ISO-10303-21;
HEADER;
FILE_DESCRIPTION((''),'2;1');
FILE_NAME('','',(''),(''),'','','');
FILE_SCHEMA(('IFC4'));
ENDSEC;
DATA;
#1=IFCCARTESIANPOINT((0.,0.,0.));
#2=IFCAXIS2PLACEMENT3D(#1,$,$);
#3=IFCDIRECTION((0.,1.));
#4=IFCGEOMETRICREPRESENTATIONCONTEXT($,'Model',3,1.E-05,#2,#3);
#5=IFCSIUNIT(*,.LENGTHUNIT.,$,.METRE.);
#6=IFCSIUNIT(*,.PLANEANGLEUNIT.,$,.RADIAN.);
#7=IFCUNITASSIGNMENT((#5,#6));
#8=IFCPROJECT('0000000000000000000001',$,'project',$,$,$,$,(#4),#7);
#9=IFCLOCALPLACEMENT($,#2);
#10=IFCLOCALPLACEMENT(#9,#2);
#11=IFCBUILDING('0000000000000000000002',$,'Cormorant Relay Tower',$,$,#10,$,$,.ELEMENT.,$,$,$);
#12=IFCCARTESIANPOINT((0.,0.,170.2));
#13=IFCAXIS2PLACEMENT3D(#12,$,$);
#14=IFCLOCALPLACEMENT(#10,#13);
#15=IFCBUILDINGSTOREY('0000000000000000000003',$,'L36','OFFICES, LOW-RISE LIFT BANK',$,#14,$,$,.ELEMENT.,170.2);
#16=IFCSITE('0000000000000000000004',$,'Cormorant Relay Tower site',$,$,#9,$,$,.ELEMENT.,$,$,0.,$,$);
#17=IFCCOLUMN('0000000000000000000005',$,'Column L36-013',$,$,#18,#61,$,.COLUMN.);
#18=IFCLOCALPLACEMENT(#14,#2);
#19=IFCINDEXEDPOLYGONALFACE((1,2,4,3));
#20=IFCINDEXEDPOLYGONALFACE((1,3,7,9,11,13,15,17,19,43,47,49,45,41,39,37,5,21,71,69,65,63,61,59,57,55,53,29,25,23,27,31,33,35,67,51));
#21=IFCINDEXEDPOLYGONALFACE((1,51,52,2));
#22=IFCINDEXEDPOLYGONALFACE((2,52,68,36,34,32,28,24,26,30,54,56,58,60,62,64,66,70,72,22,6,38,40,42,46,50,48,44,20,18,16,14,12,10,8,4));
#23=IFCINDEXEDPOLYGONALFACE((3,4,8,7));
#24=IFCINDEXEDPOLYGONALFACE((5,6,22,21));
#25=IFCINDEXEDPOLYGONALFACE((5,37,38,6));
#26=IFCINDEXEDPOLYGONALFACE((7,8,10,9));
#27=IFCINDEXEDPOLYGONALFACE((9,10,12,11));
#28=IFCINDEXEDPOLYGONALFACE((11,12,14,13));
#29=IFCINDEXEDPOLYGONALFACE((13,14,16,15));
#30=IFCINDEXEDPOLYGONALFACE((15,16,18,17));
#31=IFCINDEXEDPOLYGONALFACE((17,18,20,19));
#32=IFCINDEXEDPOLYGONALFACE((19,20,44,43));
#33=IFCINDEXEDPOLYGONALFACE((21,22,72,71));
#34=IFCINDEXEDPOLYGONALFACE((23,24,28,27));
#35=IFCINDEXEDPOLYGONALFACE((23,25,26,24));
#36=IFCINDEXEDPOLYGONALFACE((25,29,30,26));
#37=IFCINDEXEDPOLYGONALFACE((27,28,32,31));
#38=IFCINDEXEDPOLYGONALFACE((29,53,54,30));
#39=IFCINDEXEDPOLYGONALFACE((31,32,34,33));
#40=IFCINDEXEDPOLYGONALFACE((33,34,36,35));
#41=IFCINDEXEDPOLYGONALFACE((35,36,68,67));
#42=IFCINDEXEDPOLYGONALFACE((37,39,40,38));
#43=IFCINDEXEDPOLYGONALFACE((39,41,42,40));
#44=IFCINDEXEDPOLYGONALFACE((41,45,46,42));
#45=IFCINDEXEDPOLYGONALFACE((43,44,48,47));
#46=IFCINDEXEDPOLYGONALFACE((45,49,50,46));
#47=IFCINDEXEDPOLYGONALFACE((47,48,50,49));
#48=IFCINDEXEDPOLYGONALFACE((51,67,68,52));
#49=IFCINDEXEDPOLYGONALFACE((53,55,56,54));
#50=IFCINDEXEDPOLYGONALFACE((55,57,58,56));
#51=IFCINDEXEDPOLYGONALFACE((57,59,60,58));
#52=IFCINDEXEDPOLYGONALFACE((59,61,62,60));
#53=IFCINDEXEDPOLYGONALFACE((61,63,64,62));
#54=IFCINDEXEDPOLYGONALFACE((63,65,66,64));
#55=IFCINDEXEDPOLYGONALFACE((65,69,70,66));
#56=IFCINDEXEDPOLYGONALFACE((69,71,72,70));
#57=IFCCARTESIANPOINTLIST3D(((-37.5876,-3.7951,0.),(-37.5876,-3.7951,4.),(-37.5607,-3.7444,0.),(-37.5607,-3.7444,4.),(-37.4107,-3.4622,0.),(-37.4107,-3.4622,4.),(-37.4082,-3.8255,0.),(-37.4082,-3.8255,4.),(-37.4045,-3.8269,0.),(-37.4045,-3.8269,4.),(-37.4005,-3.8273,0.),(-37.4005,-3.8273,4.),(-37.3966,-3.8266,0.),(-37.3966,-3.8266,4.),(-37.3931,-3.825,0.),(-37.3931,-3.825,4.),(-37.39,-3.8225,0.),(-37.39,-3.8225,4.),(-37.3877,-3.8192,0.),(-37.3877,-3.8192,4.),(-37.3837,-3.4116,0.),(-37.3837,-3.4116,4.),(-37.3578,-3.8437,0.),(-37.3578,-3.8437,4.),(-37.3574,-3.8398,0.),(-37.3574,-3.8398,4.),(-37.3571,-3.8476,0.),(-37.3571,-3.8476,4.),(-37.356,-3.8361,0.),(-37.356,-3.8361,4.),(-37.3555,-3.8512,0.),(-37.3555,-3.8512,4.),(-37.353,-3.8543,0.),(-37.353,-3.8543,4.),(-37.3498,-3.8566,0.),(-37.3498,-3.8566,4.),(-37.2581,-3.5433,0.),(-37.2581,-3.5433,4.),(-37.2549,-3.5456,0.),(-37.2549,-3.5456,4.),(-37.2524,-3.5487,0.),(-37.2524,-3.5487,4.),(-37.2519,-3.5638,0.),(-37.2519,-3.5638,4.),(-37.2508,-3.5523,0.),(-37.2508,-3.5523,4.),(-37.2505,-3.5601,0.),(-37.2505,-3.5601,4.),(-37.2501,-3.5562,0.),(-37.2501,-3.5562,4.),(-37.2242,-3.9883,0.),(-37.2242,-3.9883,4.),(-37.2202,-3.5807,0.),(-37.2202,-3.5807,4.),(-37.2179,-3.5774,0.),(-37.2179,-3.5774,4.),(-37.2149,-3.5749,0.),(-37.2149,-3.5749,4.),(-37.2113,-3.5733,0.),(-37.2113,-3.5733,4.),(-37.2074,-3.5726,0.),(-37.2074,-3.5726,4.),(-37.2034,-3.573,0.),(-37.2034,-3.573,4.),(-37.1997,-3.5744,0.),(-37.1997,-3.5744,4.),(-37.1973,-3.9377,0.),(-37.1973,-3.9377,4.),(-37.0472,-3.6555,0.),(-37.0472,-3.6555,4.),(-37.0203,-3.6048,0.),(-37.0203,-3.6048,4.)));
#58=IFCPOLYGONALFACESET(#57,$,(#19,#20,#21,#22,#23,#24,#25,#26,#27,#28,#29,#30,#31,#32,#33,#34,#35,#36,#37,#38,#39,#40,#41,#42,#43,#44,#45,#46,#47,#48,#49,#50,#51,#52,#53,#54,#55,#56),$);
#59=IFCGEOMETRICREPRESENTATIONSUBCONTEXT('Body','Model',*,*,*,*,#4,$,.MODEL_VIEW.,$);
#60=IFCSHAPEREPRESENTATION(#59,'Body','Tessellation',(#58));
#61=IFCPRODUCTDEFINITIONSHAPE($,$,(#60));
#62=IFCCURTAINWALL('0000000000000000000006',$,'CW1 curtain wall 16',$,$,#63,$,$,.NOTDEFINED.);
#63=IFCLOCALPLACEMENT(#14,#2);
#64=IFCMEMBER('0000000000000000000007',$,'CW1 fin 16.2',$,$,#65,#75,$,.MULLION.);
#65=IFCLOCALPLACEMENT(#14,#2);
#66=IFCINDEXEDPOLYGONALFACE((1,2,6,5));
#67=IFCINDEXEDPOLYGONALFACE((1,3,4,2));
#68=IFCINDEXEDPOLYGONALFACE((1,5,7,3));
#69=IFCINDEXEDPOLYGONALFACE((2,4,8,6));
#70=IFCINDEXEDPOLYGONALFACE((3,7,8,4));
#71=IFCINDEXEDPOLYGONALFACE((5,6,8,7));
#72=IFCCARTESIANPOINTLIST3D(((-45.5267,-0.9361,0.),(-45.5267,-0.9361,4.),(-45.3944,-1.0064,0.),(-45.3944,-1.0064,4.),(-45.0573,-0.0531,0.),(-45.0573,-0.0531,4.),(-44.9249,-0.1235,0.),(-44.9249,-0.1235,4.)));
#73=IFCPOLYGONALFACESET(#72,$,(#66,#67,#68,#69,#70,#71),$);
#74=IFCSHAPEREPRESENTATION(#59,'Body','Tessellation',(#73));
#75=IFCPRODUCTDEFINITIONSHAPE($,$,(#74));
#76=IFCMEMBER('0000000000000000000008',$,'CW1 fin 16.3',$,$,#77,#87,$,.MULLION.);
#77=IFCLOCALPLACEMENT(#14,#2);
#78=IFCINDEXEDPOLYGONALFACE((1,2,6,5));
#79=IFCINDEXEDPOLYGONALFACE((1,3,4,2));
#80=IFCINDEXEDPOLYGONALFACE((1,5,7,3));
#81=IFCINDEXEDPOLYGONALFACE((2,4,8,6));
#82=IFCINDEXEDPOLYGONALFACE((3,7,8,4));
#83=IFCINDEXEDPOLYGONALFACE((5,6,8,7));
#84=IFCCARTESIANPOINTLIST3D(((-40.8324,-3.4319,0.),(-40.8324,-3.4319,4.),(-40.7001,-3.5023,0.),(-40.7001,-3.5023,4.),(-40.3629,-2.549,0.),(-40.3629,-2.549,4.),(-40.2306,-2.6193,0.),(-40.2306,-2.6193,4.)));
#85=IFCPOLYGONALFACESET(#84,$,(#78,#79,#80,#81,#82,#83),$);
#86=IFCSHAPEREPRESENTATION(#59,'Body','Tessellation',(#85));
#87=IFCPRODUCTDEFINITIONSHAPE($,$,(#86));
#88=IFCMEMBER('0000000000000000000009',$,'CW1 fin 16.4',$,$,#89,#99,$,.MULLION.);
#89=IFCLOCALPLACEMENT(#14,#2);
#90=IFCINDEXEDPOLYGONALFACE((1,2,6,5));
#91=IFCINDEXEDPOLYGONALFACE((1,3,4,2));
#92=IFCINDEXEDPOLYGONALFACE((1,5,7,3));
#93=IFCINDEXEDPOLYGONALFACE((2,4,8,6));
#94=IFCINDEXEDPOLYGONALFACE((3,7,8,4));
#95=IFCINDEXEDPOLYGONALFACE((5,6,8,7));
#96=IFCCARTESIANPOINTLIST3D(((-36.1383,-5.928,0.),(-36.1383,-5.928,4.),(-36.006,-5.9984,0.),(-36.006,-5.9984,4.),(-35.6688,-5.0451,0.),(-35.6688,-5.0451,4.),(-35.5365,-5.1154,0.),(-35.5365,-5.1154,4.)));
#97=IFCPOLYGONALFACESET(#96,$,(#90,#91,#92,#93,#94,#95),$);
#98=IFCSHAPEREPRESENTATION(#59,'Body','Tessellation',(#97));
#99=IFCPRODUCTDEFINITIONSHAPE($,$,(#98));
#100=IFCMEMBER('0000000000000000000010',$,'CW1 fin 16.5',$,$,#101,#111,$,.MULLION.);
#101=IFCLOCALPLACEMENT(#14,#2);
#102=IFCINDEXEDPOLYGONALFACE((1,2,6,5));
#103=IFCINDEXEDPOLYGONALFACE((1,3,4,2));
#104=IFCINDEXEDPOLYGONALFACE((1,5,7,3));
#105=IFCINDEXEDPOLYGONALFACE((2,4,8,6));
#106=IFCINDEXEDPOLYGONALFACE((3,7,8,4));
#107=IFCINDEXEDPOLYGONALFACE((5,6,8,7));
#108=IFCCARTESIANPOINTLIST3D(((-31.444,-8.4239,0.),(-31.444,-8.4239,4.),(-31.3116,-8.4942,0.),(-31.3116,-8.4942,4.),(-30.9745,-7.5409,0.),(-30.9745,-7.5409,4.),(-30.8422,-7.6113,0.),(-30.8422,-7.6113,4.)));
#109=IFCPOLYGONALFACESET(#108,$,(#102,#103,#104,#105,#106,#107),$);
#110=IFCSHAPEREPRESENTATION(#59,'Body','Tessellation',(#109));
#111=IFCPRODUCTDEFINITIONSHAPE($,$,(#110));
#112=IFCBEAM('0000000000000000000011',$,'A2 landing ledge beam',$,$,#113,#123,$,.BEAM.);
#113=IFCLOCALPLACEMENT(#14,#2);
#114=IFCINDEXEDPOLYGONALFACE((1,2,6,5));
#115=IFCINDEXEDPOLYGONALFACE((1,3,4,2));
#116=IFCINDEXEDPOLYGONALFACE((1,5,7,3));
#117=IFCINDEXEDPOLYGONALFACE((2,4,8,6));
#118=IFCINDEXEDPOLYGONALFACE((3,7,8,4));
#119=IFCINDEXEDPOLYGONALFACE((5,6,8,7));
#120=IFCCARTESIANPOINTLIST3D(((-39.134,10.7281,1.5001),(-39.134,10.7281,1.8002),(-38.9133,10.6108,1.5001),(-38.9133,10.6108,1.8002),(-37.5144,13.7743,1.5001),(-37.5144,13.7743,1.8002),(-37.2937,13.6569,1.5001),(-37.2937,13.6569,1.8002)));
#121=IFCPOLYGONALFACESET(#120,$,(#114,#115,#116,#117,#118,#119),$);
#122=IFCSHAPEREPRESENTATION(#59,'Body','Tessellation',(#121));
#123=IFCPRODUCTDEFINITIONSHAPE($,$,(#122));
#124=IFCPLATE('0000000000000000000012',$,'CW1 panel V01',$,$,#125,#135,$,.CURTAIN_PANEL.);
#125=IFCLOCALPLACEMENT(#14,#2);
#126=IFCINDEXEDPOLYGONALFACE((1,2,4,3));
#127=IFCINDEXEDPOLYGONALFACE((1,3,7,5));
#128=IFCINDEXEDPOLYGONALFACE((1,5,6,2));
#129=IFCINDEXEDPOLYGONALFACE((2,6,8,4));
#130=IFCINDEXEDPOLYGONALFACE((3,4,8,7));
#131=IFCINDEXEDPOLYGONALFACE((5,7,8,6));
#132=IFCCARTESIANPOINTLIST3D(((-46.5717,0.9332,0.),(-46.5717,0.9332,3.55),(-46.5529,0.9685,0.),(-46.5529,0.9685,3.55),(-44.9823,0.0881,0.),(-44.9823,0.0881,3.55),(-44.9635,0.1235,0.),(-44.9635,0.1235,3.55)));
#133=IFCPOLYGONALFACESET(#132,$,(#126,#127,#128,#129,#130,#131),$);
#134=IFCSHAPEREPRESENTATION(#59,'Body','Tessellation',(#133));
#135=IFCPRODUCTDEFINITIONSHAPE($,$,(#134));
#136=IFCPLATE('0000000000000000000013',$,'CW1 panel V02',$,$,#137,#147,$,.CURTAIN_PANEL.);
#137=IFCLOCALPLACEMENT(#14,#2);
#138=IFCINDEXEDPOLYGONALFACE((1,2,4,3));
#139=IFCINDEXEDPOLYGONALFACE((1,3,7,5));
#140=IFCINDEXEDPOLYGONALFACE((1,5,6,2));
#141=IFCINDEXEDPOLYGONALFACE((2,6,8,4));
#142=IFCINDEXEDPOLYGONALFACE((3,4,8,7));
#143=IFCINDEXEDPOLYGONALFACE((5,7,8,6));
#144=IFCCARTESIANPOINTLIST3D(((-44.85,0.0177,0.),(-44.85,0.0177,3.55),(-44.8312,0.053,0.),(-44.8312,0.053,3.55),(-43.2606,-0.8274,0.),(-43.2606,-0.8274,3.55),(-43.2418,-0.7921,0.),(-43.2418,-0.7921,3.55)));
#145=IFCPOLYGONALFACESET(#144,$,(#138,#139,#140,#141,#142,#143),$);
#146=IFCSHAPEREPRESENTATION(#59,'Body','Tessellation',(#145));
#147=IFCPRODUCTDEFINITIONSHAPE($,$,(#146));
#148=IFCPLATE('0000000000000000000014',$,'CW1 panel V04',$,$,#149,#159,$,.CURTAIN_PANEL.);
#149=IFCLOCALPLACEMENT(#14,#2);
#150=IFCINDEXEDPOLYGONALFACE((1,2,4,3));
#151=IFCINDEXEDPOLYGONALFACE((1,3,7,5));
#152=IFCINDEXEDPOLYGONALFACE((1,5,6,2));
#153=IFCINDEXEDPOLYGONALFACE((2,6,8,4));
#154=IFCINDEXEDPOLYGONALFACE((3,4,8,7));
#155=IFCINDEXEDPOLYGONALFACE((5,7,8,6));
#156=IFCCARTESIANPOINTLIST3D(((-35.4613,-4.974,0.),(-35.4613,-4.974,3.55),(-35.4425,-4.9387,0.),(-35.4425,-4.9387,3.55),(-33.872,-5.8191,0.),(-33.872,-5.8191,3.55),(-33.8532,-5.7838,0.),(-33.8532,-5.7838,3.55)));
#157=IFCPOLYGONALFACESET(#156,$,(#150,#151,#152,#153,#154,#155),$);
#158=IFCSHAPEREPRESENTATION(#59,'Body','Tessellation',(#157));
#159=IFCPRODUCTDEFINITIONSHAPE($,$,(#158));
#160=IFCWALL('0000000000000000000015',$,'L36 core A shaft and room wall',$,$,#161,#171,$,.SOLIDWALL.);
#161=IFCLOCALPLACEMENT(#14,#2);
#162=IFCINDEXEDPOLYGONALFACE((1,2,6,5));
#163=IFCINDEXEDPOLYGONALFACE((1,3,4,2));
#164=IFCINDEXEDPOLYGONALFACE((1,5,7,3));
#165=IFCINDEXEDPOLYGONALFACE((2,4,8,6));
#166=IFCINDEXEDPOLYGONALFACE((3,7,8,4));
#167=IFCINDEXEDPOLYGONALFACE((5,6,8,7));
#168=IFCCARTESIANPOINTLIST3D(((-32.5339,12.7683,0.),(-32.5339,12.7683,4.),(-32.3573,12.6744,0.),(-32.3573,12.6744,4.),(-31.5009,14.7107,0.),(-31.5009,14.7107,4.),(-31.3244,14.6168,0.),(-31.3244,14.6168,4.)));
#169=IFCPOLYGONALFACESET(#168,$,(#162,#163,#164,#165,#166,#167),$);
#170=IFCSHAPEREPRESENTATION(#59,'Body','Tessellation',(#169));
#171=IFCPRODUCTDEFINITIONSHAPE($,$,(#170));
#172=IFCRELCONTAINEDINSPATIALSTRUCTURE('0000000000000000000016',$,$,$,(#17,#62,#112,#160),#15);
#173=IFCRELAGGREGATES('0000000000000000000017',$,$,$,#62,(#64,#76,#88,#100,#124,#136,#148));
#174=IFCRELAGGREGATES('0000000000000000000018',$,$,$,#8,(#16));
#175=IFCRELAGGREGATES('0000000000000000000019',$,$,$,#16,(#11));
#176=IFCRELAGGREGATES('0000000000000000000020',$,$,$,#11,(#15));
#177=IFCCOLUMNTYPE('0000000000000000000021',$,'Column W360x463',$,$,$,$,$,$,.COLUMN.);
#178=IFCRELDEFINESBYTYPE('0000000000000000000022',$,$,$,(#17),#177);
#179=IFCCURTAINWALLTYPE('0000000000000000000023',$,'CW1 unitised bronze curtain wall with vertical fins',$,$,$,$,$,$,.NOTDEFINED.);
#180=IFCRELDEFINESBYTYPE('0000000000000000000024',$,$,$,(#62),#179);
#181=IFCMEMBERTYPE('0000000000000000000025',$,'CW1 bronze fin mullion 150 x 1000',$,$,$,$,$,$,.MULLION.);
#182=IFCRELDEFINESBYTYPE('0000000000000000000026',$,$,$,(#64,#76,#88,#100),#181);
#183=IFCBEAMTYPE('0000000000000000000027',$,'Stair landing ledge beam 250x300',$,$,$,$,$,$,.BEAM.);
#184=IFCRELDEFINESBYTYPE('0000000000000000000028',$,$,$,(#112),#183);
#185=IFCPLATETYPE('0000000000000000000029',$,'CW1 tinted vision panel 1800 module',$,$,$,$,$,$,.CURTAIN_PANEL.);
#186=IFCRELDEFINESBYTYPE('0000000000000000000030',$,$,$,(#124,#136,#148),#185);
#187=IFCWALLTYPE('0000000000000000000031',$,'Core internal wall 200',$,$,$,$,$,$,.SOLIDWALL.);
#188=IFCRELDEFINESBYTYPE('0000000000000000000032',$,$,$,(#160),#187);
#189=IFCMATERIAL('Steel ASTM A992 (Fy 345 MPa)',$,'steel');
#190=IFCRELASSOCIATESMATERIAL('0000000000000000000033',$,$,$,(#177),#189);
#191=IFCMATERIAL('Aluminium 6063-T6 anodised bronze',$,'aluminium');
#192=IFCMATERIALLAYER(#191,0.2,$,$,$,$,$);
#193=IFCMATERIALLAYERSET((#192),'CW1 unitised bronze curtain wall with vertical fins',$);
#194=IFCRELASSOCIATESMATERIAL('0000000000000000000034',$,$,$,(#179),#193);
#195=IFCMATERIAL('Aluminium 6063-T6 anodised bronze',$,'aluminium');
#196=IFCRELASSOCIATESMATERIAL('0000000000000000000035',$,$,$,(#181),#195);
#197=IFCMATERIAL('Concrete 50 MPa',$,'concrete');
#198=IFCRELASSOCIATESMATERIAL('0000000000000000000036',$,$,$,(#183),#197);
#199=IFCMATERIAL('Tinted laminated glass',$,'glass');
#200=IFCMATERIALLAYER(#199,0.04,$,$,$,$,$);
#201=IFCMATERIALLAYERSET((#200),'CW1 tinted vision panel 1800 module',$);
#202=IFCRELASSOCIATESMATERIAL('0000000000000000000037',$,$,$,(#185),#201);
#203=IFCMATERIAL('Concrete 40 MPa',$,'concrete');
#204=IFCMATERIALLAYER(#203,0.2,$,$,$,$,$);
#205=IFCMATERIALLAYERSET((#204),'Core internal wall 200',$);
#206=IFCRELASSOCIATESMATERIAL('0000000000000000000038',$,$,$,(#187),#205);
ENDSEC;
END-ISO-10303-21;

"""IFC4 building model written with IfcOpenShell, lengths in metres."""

from ifc_helpers import new_model, si_unit, direction, frame, frame_2d, origin, origin_2d, place, context, subcontext, project, spatial, rectangle, i_section, extrude, material, layer, layer_set, material_profile, profile_set, type_object, element, aggregate, save


model = new_model("IFC4")

# Units and contexts
model_context = context("Model", 3, precision=1e-05, world=origin(), true_north=direction((0.0, 1.0)))
body_context = subcontext(model_context, "Body", "Model", "MODEL_VIEW")
ifc_project = project(units=[si_unit("LENGTHUNIT", "METRE"), si_unit("PLANEANGLEUNIT", "RADIAN")], contexts=[model_context])

# Site, building, storey
site_placement = place(None, origin())
site = spatial("IfcSite", under=ifc_project, at=site_placement, Name="Cormorant Relay Tower site", CompositionType="ELEMENT", RefElevation=0.0)
building_placement = place(site_placement, origin())
building = spatial("IfcBuilding", under=site, at=building_placement, Name="Cormorant Relay Tower", CompositionType="ELEMENT")
storey_placement = place(building_placement, frame((0.0, 0.0, 170.2)))
storey = spatial("IfcBuildingStorey", under=building, at=storey_placement, Name="L36", Description="OFFICES, LOW-RISE LIFT BANK", CompositionType="ELEMENT", Elevation=170.2)

# Column
ifc_material_1 = material(Name="Steel ASTM A992 (Fy 345 MPa)", Category="steel")
ifc_material_profile_1 = material_profile(ifc_material_1, i_section(OverallWidth=0.4116, OverallDepth=0.4343, WebThickness=0.0359, FlangeThickness=0.0574, FilletRadius=0.0151, at=origin_2d()), Name="W360x463")
ifc_profile_set_1 = profile_set([ifc_material_profile_1], Name="Steel ASTM A992 (Fy 345 MPa)")
column_type = type_object("IfcColumnType", Name="Column W360x463", PredefinedType="COLUMN", material=ifc_profile_set_1)
column_placement = place(storey_placement, frame((-37.304, -3.7, 0.0), z_axis=(0.0, 0.0, 1.0), x_axis=(0.882948, -0.469472, 0.0)))
element("IfcColumn", 1, at=column_placement, inside=storey, type_object=column_type, Name="Column L36-013", PredefinedType="COLUMN", context=body_context, shape_type="SweptSolid", body=[
    extrude(i_section(OverallWidth=0.4116, OverallDepth=0.4343, WebThickness=0.0359, FlangeThickness=0.0574, FilletRadius=0.0151, at=origin_2d()), origin(), (0.0, 0.0, 1.0), 4.0),
])

# Curtain wall, members
ifc_material_2 = material(Name="Aluminium 6063-T6 anodised bronze", Category="aluminium")
ifc_layer_1 = layer(ifc_material_2, 0.2)
ifc_layer_set_1 = layer_set([ifc_layer_1], Name="CW1 unitised bronze curtain wall with vertical fins")
curtain_wall_type = type_object("IfcCurtainWallType", Name="CW1 unitised bronze curtain wall with vertical fins", PredefinedType="NOTDEFINED", material=ifc_layer_set_1)
curtain_wall_placement = place(storey_placement, origin())
curtain_wall = element("IfcCurtainWall", 2, at=curtain_wall_placement, inside=storey, type_object=curtain_wall_type, Name="CW1 curtain wall 16", PredefinedType="NOTDEFINED")
ifc_material_3 = material(Name="Aluminium 6063-T6 anodised bronze", Category="aluminium")
ifc_material_profile_2 = material_profile(ifc_material_3, rectangle(XDim=0.1499, YDim=1.0, at=origin_2d()), Name="AL 150x1000")
ifc_profile_set_2 = profile_set([ifc_material_profile_2], Name="Aluminium 6063-T6 anodised bronze")
member_type = type_object("IfcMemberType", Name="CW1 bronze fin mullion 150 x 1000", PredefinedType="MULLION", material=ifc_profile_set_2)
member_1_placement = place(storey_placement, frame((-45.2258, -0.5298, 0.0), z_axis=(0.0, 0.0, 1.0), x_axis=(0.882948, -0.469472, 0.0)))
member_1 = element("IfcMember", 3, at=member_1_placement, type_object=member_type, Name="CW1 fin 16.2", PredefinedType="MULLION", context=body_context, shape_type="SweptSolid", body=[
    extrude(rectangle(XDim=0.1499, YDim=1.0, at=origin_2d()), origin(), (0.0, 0.0, 1.0), 4.0),
])
member_2_placement = place(storey_placement, frame((-40.5315, -3.0256, 0.0), z_axis=(0.0, 0.0, 1.0), x_axis=(0.882948, -0.469472, 0.0)))
member_2 = element("IfcMember", 4, at=member_2_placement, type_object=member_type, Name="CW1 fin 16.3", PredefinedType="MULLION", context=body_context, shape_type="SweptSolid", body=[
    extrude(rectangle(XDim=0.1499, YDim=1.0, at=origin_2d()), origin(), (0.0, 0.0, 1.0), 4.0),
])
member_3_placement = place(storey_placement, frame((-35.8374, -5.5217, 0.0), z_axis=(0.0, 0.0, 1.0), x_axis=(0.882948, -0.469472, 0.0)))
member_3 = element("IfcMember", 5, at=member_3_placement, type_object=member_type, Name="CW1 fin 16.4", PredefinedType="MULLION", context=body_context, shape_type="SweptSolid", body=[
    extrude(rectangle(XDim=0.1499, YDim=1.0, at=origin_2d()), origin(), (0.0, 0.0, 1.0), 4.0),
])
member_4_placement = place(storey_placement, frame((-31.1431, -8.0176, 0.0), z_axis=(0.0, 0.0, 1.0), x_axis=(0.882948, -0.469472, 0.0)))
member_4 = element("IfcMember", 6, at=member_4_placement, type_object=member_type, Name="CW1 fin 16.5", PredefinedType="MULLION", context=body_context, shape_type="SweptSolid", body=[
    extrude(rectangle(XDim=0.1499, YDim=1.0, at=origin_2d()), origin(), (0.0, 0.0, 1.0), 4.0),
])

# Beam
ifc_material_4 = material(Name="Concrete 50 MPa", Category="concrete")
ifc_material_profile_3 = material_profile(ifc_material_4, rectangle(XDim=0.25, YDim=0.3, at=origin_2d()), Name="RC 250x300")
ifc_profile_set_3 = profile_set([ifc_material_profile_3], Name="Concrete 50 MPa")
beam_type = type_object("IfcBeamType", Name="Stair landing ledge beam 250x300", PredefinedType="BEAM", material=ifc_profile_set_3)
beam_placement = place(storey_placement, frame((-37.4041, 13.7156, 1.6501), z_axis=(-0.469464, -0.882952, 0.0), x_axis=(0.882952, -0.469464, 0.0)))
element("IfcBeam", 7, at=beam_placement, inside=storey, type_object=beam_type, Name="A2 landing ledge beam", PredefinedType="BEAM", context=body_context, shape_type="SweptSolid", body=[
    extrude(rectangle(XDim=0.25, YDim=0.3, at=origin_2d()), origin(), (0.0, 0.0, 1.0), 3.45),
])

# Plates
ifc_material_5 = material(Name="Tinted laminated glass", Category="glass")
ifc_layer_2 = layer(ifc_material_5, 0.04)
ifc_layer_set_2 = layer_set([ifc_layer_2], Name="CW1 tinted vision panel 1800 module")
plate_type = type_object("IfcPlateType", Name="CW1 tinted vision panel 1800 module", PredefinedType="CURTAIN_PANEL", material=ifc_layer_set_2)
plate_1_placement = place(storey_placement, frame((-45.7676, 0.5283, 0.0), z_axis=(0.0, 0.0, 1.0), x_axis=(0.882948, -0.469472, 0.0)))
plate_1 = element("IfcPlate", 8, at=plate_1_placement, type_object=plate_type, Name="CW1 panel V01", PredefinedType="CURTAIN_PANEL", context=body_context, shape_type="SweptSolid", body=[
    extrude(rectangle(XDim=1.8, YDim=0.04, at=origin_2d()), origin(), (0.0, 0.0, 1.0), 3.55),
])
plate_2_placement = place(storey_placement, frame((-44.0459, -0.3872, 0.0), z_axis=(0.0, 0.0, 1.0), x_axis=(0.882948, -0.469472, 0.0)))
plate_2 = element("IfcPlate", 9, at=plate_2_placement, type_object=plate_type, Name="CW1 panel V02", PredefinedType="CURTAIN_PANEL", context=body_context, shape_type="SweptSolid", body=[
    extrude(rectangle(XDim=1.8, YDim=0.04, at=origin_2d()), origin(), (0.0, 0.0, 1.0), 3.55),
])
plate_3_placement = place(storey_placement, frame((-34.6572, -5.3789, 0.0), z_axis=(0.0, 0.0, 1.0), x_axis=(0.882948, -0.469472, 0.0)))
plate_3 = element("IfcPlate", 10, at=plate_3_placement, type_object=plate_type, Name="CW1 panel V04", PredefinedType="CURTAIN_PANEL", context=body_context, shape_type="SweptSolid", body=[
    extrude(rectangle(XDim=1.8, YDim=0.04, at=origin_2d()), origin(), (0.0, 0.0, 1.0), 3.55),
])

# Wall
ifc_material_6 = material(Name="Concrete 40 MPa", Category="concrete")
ifc_layer_3 = layer(ifc_material_6, 0.2)
ifc_layer_set_3 = layer_set([ifc_layer_3], Name="Core internal wall 200")
wall_type_1 = type_object("IfcWallType", Name="Core internal wall 200", PredefinedType="SOLIDWALL", material=ifc_layer_set_3)
wall_1_placement = place(storey_placement, frame((-31.4126, 14.6638, 0.0), z_axis=(0.0, 0.0, 1.0), x_axis=(-0.469534, -0.882914, 0.0)))
element("IfcWall", 11, at=wall_1_placement, inside=storey, type_object=wall_type_1, Name="L36 core A shaft and room wall", PredefinedType="SOLIDWALL", context=body_context, shape_type="SweptSolid", body=[
    extrude(rectangle(XDim=2.2, YDim=0.2, at=frame_2d((1.1001, 0.0))), origin(), (0.0, 0.0, 1.0), 4.0),
])

aggregate(curtain_wall, [member_1, member_2, member_3, member_4, plate_1, plate_2, plate_3])

save(model, "model.ifc")
